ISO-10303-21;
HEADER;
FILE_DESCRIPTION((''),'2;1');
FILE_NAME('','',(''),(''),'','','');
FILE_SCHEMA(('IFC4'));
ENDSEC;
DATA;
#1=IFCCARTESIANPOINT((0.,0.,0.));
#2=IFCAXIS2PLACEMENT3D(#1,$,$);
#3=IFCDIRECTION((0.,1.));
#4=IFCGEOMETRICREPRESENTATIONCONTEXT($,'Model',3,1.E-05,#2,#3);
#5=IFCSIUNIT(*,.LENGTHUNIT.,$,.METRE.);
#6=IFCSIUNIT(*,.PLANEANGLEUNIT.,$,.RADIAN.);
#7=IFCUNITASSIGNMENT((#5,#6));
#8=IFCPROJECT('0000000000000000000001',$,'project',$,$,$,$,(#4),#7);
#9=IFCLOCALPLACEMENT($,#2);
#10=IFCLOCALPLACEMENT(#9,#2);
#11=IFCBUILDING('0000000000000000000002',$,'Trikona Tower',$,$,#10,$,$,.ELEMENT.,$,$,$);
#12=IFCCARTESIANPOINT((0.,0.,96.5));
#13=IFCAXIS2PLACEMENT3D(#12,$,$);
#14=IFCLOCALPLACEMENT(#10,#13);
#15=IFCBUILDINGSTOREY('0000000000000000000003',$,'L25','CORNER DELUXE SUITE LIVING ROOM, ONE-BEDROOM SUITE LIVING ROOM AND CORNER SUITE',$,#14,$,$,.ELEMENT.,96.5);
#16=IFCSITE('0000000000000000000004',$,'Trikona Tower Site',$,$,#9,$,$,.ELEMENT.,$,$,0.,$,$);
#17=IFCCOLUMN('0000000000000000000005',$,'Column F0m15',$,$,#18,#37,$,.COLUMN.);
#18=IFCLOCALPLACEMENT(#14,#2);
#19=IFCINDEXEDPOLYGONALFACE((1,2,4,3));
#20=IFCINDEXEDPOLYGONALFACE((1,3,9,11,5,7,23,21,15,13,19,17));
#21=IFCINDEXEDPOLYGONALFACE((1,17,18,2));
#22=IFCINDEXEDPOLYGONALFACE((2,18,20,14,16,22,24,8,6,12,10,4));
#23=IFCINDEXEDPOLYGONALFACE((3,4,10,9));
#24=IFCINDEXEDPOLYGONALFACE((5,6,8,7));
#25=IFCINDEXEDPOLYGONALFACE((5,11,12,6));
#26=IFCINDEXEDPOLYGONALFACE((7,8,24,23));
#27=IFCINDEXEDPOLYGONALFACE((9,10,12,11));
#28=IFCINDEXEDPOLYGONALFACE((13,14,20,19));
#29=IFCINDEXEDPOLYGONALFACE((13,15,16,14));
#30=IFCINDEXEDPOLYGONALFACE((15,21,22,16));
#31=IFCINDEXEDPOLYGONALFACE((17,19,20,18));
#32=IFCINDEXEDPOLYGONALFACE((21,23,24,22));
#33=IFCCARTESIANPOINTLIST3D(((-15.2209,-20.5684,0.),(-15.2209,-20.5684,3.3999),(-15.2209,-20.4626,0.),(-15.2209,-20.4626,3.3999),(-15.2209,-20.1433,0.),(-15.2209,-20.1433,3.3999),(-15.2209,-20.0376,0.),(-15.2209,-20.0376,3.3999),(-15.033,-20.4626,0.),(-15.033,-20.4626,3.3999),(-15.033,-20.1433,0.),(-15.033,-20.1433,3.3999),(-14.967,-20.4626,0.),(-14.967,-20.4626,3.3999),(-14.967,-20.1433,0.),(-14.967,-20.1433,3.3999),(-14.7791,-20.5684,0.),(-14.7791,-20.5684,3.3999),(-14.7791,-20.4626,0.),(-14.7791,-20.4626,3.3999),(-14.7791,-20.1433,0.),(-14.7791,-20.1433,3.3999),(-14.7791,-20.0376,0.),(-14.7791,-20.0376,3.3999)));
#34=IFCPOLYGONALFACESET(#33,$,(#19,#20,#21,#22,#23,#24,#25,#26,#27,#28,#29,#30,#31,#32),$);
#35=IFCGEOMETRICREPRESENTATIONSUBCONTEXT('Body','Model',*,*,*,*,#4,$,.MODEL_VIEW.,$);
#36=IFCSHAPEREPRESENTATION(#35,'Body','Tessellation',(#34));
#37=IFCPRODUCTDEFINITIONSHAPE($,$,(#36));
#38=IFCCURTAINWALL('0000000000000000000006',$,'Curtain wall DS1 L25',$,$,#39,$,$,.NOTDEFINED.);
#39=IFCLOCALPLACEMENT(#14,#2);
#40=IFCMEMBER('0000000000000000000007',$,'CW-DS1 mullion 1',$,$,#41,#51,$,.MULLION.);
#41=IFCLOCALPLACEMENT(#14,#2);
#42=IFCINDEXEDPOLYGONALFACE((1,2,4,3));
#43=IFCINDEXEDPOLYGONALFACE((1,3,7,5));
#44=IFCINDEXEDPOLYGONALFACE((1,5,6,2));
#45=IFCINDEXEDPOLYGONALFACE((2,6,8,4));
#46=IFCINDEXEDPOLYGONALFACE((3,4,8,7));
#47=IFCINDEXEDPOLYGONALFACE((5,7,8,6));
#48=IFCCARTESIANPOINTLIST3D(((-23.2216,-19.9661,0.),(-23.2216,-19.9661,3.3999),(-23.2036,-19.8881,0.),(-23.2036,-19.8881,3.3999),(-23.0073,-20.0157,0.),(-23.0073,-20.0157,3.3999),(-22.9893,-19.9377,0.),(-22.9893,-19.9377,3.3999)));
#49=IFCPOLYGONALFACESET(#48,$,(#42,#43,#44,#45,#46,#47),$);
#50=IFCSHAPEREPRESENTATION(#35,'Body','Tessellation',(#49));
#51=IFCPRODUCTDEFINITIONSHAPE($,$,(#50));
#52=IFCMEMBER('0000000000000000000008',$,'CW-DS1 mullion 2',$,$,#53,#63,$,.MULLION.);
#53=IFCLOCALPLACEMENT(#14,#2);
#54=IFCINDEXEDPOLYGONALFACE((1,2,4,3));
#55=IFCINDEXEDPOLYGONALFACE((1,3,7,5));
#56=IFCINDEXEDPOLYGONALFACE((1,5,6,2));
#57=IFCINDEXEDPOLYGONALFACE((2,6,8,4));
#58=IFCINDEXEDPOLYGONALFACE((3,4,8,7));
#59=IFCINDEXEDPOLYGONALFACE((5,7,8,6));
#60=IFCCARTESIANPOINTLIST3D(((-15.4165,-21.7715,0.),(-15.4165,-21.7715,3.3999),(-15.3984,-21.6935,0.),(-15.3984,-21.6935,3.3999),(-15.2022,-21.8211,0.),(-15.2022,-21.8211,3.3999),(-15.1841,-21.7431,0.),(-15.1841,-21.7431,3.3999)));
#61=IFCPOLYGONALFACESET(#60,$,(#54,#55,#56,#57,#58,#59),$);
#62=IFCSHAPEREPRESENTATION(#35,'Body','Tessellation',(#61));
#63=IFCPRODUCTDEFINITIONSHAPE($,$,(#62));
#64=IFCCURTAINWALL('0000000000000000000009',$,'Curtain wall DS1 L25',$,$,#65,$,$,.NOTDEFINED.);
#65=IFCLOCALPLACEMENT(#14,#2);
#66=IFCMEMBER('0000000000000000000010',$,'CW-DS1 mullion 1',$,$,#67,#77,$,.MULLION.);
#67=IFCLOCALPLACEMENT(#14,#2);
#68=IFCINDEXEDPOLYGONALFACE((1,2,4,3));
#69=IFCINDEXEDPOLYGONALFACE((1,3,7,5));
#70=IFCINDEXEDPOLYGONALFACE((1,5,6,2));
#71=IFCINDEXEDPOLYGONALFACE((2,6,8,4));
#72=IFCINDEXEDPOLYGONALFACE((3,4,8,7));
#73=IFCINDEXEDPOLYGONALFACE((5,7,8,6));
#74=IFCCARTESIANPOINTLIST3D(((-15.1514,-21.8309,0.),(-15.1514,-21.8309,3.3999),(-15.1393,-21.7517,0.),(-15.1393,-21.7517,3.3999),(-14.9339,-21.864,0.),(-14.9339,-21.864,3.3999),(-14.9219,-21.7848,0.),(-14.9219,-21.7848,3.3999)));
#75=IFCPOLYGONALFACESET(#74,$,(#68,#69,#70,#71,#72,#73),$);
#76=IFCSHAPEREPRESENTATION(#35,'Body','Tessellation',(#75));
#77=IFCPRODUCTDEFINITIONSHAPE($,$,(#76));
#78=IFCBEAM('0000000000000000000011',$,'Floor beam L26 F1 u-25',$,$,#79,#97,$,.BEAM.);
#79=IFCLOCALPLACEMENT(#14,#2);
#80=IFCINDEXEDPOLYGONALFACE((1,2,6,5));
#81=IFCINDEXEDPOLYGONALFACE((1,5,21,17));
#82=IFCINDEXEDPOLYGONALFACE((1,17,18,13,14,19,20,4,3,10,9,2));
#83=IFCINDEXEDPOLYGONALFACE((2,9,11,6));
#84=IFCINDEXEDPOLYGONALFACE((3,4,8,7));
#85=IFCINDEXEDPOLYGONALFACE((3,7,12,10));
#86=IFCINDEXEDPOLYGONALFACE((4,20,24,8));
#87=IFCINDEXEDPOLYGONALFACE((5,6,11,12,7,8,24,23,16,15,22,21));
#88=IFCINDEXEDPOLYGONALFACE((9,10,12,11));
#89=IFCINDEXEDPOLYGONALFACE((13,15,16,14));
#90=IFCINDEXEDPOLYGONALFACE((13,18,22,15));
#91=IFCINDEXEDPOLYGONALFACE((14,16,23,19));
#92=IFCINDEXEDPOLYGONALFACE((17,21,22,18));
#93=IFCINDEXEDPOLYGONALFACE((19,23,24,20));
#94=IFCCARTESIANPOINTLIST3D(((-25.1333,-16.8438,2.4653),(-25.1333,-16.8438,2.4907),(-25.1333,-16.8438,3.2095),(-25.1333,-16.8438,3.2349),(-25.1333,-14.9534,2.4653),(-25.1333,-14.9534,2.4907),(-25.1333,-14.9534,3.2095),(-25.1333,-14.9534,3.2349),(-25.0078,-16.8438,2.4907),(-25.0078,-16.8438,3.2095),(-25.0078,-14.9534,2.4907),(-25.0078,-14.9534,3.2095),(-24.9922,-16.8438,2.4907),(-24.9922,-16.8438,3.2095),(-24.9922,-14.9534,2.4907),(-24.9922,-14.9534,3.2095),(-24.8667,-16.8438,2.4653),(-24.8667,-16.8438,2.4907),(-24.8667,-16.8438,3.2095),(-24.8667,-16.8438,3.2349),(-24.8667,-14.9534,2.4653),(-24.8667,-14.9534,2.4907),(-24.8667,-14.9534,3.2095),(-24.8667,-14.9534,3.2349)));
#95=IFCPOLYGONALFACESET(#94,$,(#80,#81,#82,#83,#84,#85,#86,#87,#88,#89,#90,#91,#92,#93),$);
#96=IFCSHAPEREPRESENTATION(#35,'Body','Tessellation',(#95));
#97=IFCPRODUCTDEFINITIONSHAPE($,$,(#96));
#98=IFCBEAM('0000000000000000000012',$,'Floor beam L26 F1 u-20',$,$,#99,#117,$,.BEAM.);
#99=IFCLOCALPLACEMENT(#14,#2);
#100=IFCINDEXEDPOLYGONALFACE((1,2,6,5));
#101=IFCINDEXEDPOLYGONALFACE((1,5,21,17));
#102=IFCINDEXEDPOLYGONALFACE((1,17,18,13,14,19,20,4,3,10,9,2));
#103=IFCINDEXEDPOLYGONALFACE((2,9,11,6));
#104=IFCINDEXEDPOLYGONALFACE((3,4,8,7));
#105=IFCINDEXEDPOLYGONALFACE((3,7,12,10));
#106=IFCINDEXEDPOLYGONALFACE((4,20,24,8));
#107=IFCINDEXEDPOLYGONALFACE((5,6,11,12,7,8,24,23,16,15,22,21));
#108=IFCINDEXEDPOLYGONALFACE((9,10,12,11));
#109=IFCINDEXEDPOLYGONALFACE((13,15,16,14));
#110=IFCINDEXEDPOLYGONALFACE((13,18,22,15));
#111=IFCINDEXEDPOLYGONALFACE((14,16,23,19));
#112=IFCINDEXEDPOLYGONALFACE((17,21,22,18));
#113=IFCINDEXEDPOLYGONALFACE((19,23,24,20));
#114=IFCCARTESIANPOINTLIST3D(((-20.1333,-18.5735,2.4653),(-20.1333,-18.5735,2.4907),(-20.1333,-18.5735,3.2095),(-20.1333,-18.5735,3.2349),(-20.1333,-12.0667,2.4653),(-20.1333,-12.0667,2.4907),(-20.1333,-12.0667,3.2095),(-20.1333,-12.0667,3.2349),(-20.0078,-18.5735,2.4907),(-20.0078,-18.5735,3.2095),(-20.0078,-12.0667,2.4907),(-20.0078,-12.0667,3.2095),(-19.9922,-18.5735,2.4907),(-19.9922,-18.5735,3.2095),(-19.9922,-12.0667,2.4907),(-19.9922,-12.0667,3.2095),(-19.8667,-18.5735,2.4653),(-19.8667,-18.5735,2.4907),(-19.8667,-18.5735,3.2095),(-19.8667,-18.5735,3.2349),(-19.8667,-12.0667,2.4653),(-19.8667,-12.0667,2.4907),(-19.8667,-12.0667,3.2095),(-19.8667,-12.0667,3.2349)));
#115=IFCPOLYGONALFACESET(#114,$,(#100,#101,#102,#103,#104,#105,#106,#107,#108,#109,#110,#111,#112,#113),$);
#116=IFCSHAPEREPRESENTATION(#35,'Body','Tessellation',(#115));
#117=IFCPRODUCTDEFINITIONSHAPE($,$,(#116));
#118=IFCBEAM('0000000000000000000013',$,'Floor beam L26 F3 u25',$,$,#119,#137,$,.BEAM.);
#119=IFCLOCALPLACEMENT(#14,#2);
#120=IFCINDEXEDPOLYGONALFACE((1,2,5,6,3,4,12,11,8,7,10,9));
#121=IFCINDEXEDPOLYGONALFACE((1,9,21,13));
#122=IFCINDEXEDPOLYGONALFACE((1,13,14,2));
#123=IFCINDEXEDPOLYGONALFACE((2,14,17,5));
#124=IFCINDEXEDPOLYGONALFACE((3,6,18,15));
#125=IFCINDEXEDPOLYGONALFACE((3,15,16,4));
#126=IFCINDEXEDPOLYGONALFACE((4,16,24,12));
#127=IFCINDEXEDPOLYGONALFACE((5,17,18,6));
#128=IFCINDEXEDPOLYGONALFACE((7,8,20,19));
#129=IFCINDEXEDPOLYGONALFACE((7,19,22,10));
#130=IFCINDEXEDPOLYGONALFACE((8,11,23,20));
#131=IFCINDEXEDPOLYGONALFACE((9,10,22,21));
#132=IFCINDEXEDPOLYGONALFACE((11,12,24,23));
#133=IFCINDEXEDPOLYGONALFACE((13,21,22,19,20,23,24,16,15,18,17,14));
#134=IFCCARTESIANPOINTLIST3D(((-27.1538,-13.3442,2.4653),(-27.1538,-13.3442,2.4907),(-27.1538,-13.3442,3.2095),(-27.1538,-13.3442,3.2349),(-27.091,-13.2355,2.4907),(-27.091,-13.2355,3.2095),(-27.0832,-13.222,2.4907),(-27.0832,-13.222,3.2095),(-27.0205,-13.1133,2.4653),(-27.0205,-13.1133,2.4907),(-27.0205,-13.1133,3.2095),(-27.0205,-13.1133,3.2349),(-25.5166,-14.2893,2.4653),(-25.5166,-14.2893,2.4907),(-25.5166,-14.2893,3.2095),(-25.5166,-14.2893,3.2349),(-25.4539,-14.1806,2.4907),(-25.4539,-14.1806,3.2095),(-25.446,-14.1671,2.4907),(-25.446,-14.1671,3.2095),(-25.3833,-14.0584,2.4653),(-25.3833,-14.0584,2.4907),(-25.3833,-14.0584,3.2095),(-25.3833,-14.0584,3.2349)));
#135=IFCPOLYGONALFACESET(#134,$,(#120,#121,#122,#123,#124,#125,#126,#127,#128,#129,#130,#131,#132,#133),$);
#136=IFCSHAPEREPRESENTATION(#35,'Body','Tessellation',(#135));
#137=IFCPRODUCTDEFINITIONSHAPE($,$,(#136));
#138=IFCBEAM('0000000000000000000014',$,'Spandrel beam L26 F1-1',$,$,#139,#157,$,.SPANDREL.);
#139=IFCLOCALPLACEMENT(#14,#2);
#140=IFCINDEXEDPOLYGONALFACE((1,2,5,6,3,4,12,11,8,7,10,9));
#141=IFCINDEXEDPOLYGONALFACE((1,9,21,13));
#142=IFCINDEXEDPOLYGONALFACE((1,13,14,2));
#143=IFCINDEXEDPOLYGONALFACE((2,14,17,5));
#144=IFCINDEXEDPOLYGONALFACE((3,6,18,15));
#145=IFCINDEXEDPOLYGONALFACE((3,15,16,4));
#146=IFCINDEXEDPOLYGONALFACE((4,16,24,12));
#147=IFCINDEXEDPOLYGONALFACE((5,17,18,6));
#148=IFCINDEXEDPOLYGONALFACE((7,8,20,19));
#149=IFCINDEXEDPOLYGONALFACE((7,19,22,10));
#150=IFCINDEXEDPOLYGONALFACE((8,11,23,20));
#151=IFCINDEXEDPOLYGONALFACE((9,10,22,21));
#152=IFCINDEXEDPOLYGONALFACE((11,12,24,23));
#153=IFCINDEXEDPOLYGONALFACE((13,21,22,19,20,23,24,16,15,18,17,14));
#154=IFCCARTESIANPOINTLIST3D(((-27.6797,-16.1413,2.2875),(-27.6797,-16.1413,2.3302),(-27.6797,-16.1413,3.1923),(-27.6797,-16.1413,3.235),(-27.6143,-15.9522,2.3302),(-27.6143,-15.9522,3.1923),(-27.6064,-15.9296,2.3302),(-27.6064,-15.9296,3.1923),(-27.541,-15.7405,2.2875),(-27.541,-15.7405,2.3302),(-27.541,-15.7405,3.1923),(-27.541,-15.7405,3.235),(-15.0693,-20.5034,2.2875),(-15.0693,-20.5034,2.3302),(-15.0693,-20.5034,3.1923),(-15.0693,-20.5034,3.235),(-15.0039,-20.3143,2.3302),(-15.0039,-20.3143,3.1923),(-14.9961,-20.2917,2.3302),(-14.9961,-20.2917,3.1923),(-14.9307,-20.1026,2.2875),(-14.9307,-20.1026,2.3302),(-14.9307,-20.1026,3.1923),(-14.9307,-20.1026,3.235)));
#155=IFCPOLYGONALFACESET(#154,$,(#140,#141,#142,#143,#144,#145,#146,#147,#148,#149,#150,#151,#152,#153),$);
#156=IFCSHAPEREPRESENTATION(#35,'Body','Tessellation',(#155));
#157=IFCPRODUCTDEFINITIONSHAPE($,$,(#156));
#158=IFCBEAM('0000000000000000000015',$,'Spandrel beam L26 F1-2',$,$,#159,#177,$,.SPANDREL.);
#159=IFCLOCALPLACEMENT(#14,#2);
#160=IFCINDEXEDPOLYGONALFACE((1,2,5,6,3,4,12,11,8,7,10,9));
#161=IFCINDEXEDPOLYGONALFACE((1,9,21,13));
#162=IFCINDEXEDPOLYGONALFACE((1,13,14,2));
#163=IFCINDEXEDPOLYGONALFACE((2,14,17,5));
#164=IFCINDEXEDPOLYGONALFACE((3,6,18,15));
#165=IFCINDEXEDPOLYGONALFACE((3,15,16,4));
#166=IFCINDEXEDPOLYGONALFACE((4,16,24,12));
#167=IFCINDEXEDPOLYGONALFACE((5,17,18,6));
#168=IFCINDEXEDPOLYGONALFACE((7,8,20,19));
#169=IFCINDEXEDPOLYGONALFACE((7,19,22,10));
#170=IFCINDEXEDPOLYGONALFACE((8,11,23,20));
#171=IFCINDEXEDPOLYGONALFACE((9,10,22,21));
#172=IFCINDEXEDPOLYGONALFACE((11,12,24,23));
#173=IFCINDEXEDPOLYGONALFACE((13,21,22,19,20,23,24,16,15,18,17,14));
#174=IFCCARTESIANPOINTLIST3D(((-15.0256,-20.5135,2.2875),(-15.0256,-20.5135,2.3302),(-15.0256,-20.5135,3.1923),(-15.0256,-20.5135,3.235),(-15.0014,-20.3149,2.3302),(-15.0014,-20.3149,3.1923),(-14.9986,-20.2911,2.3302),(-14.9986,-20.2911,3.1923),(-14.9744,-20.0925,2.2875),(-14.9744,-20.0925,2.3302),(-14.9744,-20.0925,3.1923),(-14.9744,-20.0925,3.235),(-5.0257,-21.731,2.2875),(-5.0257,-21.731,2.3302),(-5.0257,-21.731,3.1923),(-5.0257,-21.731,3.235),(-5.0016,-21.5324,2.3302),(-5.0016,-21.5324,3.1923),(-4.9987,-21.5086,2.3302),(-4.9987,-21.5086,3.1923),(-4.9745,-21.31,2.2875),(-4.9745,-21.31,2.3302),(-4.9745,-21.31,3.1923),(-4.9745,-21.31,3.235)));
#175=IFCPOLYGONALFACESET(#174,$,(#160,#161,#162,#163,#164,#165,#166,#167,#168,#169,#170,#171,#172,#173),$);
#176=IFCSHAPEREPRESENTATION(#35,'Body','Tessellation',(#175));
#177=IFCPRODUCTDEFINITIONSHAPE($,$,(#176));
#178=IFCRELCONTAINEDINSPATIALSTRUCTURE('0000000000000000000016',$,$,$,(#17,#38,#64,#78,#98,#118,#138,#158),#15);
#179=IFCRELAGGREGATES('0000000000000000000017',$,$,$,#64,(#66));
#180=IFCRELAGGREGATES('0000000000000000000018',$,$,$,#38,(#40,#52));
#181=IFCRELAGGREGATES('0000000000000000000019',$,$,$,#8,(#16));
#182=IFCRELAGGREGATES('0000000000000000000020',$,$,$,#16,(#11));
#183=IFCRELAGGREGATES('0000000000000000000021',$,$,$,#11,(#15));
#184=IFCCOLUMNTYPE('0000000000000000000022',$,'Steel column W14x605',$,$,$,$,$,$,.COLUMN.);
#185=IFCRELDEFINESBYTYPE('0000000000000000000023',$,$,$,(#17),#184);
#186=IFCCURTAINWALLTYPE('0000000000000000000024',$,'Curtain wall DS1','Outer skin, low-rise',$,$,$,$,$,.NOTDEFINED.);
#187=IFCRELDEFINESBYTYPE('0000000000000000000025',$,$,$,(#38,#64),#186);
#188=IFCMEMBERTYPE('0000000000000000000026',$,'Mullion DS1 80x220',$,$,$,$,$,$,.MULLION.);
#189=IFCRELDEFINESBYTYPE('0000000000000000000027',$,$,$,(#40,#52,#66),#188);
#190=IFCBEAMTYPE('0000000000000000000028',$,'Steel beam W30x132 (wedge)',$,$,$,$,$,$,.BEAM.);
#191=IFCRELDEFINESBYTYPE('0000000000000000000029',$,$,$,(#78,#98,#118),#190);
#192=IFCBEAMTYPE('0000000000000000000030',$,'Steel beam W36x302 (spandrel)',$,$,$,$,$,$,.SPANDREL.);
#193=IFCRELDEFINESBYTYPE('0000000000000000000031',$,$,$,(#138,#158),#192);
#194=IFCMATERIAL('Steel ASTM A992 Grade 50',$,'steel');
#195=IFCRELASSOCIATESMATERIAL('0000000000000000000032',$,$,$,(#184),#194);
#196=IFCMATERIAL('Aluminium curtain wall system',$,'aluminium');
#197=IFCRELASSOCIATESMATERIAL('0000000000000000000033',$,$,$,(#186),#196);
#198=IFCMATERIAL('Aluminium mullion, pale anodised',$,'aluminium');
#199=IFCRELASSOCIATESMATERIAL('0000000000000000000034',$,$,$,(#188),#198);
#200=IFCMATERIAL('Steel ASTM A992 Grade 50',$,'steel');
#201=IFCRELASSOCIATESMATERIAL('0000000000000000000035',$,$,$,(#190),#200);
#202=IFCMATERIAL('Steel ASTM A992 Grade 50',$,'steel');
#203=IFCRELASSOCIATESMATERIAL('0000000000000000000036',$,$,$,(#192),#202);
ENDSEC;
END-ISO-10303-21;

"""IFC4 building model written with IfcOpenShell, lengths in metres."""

from ifc_helpers import new_model, si_unit, direction, frame, origin, origin_2d, place, context, subcontext, project, spatial, rectangle, i_section, extrude, material, material_profile, profile_set, type_object, element, aggregate, save


model = new_model("IFC4")

# Units and contexts
model_context = context("Model", 3, precision=1e-05, world=origin(), true_north=direction((0.0, 1.0)))
body_context = subcontext(model_context, "Body", "Model", "MODEL_VIEW")
ifc_project = project(units=[si_unit("LENGTHUNIT", "METRE"), si_unit("PLANEANGLEUNIT", "RADIAN")], contexts=[model_context])

# Site, building, storey
site_placement = place(None, origin())
site = spatial("IfcSite", under=ifc_project, at=site_placement, Name="Trikona Tower Site", CompositionType="ELEMENT", RefElevation=0.0)
building_placement = place(site_placement, origin())
building = spatial("IfcBuilding", under=site, at=building_placement, Name="Trikona Tower", CompositionType="ELEMENT")
storey_placement = place(building_placement, frame((0.0, 0.0, 96.5)))
storey = spatial("IfcBuildingStorey", under=building, at=storey_placement, Name="L25", Description="CORNER DELUXE SUITE LIVING ROOM, ONE-BEDROOM SUITE LIVING ROOM AND CORNER SUITE", CompositionType="ELEMENT", Elevation=96.5)

# Column
ifc_material_1 = material(Name="Steel ASTM A992 Grade 50", Category="steel")
ifc_material_profile_1 = material_profile(ifc_material_1, i_section(OverallWidth=0.4419, OverallDepth=0.5308, WebThickness=0.0659, FlangeThickness=0.1057, at=origin_2d()), Name="W14X605")
ifc_profile_set_1 = profile_set([ifc_material_profile_1], Name="Steel ASTM A992 Grade 50")
column_type = type_object("IfcColumnType", Name="Steel column W14x605", PredefinedType="COLUMN", material=ifc_profile_set_1)
column_placement = place(storey_placement, frame((-15.0, -20.303, 0.0), z_axis=(0.0, 0.0, 1.0), x_axis=(1.0, 0.0, 0.0)))
element("IfcColumn", 1, at=column_placement, inside=storey, type_object=column_type, Name="Column F0m15", PredefinedType="COLUMN", context=body_context, shape_type="SweptSolid", body=[
    extrude(i_section(OverallWidth=0.4419, OverallDepth=0.5308, WebThickness=0.0659, FlangeThickness=0.1057, at=origin_2d()), origin(), (0.0, 0.0, 1.0), 3.3999),
])

# Curtain wall, members
ifc_material_2 = material(Name="Aluminium curtain wall system", Category="aluminium")
curtain_wall_type = type_object("IfcCurtainWallType", Name="Curtain wall DS1", Description="Outer skin, low-rise", PredefinedType="NOTDEFINED", material=ifc_material_2)
curtain_wall_1_placement = place(storey_placement, origin())
curtain_wall_1 = element("IfcCurtainWall", 2, at=curtain_wall_1_placement, inside=storey, type_object=curtain_wall_type, Name="Curtain wall DS1 L25", PredefinedType="NOTDEFINED")
ifc_material_3 = material(Name="Aluminium mullion, pale anodised", Category="aluminium")
ifc_material_profile_2 = material_profile(ifc_material_3, rectangle(XDim=0.0801, YDim=0.22, at=origin_2d()), Name="MUL-DS1")
ifc_profile_set_2 = profile_set([ifc_material_profile_2], Name="Aluminium mullion, pale anodised")
member_type_1 = type_object("IfcMemberType", Name="Mullion DS1 80x220", PredefinedType="MULLION", material=ifc_profile_set_2)
member_1_placement = place(storey_placement, frame((-23.1055, -19.9519, 0.0), z_axis=(0.0, 0.0, 1.0), x_axis=(0.225343, 0.974279, 0.0)))
member_1 = element("IfcMember", 3, at=member_1_placement, type_object=member_type_1, Name="CW-DS1 mullion 1", PredefinedType="MULLION", context=body_context, shape_type="SweptSolid", body=[
    extrude(rectangle(XDim=0.0801, YDim=0.22, at=origin_2d()), origin(), (0.0, 0.0, 1.0), 3.3999),
])
member_2_placement = place(storey_placement, frame((-15.3003, -21.7573, 0.0), z_axis=(0.0, 0.0, 1.0), x_axis=(0.225343, 0.974279, 0.0)))
member_2 = element("IfcMember", 4, at=member_2_placement, type_object=member_type_1, Name="CW-DS1 mullion 2", PredefinedType="MULLION", context=body_context, shape_type="SweptSolid", body=[
    extrude(rectangle(XDim=0.0801, YDim=0.22, at=origin_2d()), origin(), (0.0, 0.0, 1.0), 3.3999),
])

# Curtain wall, member
curtain_wall_2_placement = place(storey_placement, origin())
curtain_wall_2 = element("IfcCurtainWall", 5, at=curtain_wall_2_placement, inside=storey, type_object=curtain_wall_type, Name="Curtain wall DS1 L25", PredefinedType="NOTDEFINED")
member_3_placement = place(storey_placement, frame((-15.0366, -21.8079, 0.0), z_axis=(0.0, 0.0, 1.0), x_axis=(0.150438, 0.988619, 0.0)))
member_3 = element("IfcMember", 6, at=member_3_placement, type_object=member_type_1, Name="CW-DS1 mullion 1", PredefinedType="MULLION", context=body_context, shape_type="SweptSolid", body=[
    extrude(rectangle(XDim=0.0801, YDim=0.22, at=origin_2d()), origin(), (0.0, 0.0, 1.0), 3.3999),
])

# Beams
ifc_material_4 = material(Name="Steel ASTM A992 Grade 50", Category="steel")
ifc_material_profile_3 = material_profile(ifc_material_4, i_section(OverallWidth=0.2666, OverallDepth=0.7695, WebThickness=0.0156, FlangeThickness=0.0254, at=origin_2d()), Name="W30X132")
ifc_profile_set_3 = profile_set([ifc_material_profile_3], Name="Steel ASTM A992 Grade 50")
beam_type_1 = type_object("IfcBeamType", Name="Steel beam W30x132 (wedge)", PredefinedType="BEAM", material=ifc_profile_set_3)
beam_1_placement = place(storey_placement, frame((-25.0, -14.9534, 2.8501), z_axis=(0.0, -1.0, 0.0), x_axis=(1.0, 0.0, 0.0)))
element("IfcBeam", 7, at=beam_1_placement, inside=storey, type_object=beam_type_1, Name="Floor beam L26 F1 u-25", PredefinedType="BEAM", context=body_context, shape_type="SweptSolid", body=[
    extrude(i_section(OverallWidth=0.2666, OverallDepth=0.7695, WebThickness=0.0156, FlangeThickness=0.0254, at=origin_2d()), origin(), (0.0, 0.0, 1.0), 1.8904),
])
beam_2_placement = place(storey_placement, frame((-20.0, -12.0667, 2.8501), z_axis=(0.0, -1.0, 0.0), x_axis=(1.0, 0.0, 0.0)))
element("IfcBeam", 8, at=beam_2_placement, inside=storey, type_object=beam_type_1, Name="Floor beam L26 F1 u-20", PredefinedType="BEAM", context=body_context, shape_type="SweptSolid", body=[
    extrude(i_section(OverallWidth=0.2666, OverallDepth=0.7695, WebThickness=0.0156, FlangeThickness=0.0254, at=origin_2d()), origin(), (0.0, 0.0, 1.0), 6.5068),
])
beam_3_placement = place(storey_placement, frame((-25.45, -14.1738, 2.8501), z_axis=(-0.866065, 0.499931, 0.0), x_axis=(-0.499931, -0.866065, 0.0)))
element("IfcBeam", 9, at=beam_3_placement, inside=storey, type_object=beam_type_1, Name="Floor beam L26 F3 u25", PredefinedType="BEAM", context=body_context, shape_type="SweptSolid", body=[
    extrude(i_section(OverallWidth=0.2666, OverallDepth=0.7695, WebThickness=0.0156, FlangeThickness=0.0254, at=origin_2d()), origin(), (0.0, 0.0, 1.0), 1.8904),
])
ifc_material_5 = material(Name="Steel ASTM A992 Grade 50", Category="steel")
ifc_material_profile_4 = material_profile(ifc_material_5, i_section(OverallWidth=0.4241, OverallDepth=0.9475, WebThickness=0.0239, FlangeThickness=0.0427, at=origin_2d()), Name="W36X302")
ifc_profile_set_4 = profile_set([ifc_material_profile_4], Name="Steel ASTM A992 Grade 50")
beam_type_2 = type_object("IfcBeamType", Name="Steel beam W36x302 (spandrel)", PredefinedType="SPANDREL", material=ifc_profile_set_4)
beam_4_placement = place(storey_placement, frame((-27.6104, -15.9409, 2.7612), z_axis=(0.945057, -0.326906, 0.0), x_axis=(0.326906, 0.945057, 0.0)))
element("IfcBeam", 10, at=beam_4_placement, inside=storey, type_object=beam_type_2, Name="Spandrel beam L26 F1-1", PredefinedType="SPANDREL", context=body_context, shape_type="SweptSolid", body=[
    extrude(i_section(OverallWidth=0.4241, OverallDepth=0.9475, WebThickness=0.0239, FlangeThickness=0.0427, at=origin_2d()), origin(), (0.0, 0.0, 1.0), 13.3435),
])
beam_5_placement = place(storey_placement, frame((-15.0, -20.303, 2.7612), z_axis=(0.99267, -0.12086, 0.0), x_axis=(0.12086, 0.99267, 0.0)))
element("IfcBeam", 11, at=beam_5_placement, inside=storey, type_object=beam_type_2, Name="Spandrel beam L26 F1-2", PredefinedType="SPANDREL", context=body_context, shape_type="SweptSolid", body=[
    extrude(i_section(OverallWidth=0.4241, OverallDepth=0.9475, WebThickness=0.0239, FlangeThickness=0.0427, at=origin_2d()), origin(), (0.0, 0.0, 1.0), 10.0737),
])

aggregate(curtain_wall_2, [member_3])

aggregate(curtain_wall_1, [member_1, member_2])

save(model, "model.ifc")
